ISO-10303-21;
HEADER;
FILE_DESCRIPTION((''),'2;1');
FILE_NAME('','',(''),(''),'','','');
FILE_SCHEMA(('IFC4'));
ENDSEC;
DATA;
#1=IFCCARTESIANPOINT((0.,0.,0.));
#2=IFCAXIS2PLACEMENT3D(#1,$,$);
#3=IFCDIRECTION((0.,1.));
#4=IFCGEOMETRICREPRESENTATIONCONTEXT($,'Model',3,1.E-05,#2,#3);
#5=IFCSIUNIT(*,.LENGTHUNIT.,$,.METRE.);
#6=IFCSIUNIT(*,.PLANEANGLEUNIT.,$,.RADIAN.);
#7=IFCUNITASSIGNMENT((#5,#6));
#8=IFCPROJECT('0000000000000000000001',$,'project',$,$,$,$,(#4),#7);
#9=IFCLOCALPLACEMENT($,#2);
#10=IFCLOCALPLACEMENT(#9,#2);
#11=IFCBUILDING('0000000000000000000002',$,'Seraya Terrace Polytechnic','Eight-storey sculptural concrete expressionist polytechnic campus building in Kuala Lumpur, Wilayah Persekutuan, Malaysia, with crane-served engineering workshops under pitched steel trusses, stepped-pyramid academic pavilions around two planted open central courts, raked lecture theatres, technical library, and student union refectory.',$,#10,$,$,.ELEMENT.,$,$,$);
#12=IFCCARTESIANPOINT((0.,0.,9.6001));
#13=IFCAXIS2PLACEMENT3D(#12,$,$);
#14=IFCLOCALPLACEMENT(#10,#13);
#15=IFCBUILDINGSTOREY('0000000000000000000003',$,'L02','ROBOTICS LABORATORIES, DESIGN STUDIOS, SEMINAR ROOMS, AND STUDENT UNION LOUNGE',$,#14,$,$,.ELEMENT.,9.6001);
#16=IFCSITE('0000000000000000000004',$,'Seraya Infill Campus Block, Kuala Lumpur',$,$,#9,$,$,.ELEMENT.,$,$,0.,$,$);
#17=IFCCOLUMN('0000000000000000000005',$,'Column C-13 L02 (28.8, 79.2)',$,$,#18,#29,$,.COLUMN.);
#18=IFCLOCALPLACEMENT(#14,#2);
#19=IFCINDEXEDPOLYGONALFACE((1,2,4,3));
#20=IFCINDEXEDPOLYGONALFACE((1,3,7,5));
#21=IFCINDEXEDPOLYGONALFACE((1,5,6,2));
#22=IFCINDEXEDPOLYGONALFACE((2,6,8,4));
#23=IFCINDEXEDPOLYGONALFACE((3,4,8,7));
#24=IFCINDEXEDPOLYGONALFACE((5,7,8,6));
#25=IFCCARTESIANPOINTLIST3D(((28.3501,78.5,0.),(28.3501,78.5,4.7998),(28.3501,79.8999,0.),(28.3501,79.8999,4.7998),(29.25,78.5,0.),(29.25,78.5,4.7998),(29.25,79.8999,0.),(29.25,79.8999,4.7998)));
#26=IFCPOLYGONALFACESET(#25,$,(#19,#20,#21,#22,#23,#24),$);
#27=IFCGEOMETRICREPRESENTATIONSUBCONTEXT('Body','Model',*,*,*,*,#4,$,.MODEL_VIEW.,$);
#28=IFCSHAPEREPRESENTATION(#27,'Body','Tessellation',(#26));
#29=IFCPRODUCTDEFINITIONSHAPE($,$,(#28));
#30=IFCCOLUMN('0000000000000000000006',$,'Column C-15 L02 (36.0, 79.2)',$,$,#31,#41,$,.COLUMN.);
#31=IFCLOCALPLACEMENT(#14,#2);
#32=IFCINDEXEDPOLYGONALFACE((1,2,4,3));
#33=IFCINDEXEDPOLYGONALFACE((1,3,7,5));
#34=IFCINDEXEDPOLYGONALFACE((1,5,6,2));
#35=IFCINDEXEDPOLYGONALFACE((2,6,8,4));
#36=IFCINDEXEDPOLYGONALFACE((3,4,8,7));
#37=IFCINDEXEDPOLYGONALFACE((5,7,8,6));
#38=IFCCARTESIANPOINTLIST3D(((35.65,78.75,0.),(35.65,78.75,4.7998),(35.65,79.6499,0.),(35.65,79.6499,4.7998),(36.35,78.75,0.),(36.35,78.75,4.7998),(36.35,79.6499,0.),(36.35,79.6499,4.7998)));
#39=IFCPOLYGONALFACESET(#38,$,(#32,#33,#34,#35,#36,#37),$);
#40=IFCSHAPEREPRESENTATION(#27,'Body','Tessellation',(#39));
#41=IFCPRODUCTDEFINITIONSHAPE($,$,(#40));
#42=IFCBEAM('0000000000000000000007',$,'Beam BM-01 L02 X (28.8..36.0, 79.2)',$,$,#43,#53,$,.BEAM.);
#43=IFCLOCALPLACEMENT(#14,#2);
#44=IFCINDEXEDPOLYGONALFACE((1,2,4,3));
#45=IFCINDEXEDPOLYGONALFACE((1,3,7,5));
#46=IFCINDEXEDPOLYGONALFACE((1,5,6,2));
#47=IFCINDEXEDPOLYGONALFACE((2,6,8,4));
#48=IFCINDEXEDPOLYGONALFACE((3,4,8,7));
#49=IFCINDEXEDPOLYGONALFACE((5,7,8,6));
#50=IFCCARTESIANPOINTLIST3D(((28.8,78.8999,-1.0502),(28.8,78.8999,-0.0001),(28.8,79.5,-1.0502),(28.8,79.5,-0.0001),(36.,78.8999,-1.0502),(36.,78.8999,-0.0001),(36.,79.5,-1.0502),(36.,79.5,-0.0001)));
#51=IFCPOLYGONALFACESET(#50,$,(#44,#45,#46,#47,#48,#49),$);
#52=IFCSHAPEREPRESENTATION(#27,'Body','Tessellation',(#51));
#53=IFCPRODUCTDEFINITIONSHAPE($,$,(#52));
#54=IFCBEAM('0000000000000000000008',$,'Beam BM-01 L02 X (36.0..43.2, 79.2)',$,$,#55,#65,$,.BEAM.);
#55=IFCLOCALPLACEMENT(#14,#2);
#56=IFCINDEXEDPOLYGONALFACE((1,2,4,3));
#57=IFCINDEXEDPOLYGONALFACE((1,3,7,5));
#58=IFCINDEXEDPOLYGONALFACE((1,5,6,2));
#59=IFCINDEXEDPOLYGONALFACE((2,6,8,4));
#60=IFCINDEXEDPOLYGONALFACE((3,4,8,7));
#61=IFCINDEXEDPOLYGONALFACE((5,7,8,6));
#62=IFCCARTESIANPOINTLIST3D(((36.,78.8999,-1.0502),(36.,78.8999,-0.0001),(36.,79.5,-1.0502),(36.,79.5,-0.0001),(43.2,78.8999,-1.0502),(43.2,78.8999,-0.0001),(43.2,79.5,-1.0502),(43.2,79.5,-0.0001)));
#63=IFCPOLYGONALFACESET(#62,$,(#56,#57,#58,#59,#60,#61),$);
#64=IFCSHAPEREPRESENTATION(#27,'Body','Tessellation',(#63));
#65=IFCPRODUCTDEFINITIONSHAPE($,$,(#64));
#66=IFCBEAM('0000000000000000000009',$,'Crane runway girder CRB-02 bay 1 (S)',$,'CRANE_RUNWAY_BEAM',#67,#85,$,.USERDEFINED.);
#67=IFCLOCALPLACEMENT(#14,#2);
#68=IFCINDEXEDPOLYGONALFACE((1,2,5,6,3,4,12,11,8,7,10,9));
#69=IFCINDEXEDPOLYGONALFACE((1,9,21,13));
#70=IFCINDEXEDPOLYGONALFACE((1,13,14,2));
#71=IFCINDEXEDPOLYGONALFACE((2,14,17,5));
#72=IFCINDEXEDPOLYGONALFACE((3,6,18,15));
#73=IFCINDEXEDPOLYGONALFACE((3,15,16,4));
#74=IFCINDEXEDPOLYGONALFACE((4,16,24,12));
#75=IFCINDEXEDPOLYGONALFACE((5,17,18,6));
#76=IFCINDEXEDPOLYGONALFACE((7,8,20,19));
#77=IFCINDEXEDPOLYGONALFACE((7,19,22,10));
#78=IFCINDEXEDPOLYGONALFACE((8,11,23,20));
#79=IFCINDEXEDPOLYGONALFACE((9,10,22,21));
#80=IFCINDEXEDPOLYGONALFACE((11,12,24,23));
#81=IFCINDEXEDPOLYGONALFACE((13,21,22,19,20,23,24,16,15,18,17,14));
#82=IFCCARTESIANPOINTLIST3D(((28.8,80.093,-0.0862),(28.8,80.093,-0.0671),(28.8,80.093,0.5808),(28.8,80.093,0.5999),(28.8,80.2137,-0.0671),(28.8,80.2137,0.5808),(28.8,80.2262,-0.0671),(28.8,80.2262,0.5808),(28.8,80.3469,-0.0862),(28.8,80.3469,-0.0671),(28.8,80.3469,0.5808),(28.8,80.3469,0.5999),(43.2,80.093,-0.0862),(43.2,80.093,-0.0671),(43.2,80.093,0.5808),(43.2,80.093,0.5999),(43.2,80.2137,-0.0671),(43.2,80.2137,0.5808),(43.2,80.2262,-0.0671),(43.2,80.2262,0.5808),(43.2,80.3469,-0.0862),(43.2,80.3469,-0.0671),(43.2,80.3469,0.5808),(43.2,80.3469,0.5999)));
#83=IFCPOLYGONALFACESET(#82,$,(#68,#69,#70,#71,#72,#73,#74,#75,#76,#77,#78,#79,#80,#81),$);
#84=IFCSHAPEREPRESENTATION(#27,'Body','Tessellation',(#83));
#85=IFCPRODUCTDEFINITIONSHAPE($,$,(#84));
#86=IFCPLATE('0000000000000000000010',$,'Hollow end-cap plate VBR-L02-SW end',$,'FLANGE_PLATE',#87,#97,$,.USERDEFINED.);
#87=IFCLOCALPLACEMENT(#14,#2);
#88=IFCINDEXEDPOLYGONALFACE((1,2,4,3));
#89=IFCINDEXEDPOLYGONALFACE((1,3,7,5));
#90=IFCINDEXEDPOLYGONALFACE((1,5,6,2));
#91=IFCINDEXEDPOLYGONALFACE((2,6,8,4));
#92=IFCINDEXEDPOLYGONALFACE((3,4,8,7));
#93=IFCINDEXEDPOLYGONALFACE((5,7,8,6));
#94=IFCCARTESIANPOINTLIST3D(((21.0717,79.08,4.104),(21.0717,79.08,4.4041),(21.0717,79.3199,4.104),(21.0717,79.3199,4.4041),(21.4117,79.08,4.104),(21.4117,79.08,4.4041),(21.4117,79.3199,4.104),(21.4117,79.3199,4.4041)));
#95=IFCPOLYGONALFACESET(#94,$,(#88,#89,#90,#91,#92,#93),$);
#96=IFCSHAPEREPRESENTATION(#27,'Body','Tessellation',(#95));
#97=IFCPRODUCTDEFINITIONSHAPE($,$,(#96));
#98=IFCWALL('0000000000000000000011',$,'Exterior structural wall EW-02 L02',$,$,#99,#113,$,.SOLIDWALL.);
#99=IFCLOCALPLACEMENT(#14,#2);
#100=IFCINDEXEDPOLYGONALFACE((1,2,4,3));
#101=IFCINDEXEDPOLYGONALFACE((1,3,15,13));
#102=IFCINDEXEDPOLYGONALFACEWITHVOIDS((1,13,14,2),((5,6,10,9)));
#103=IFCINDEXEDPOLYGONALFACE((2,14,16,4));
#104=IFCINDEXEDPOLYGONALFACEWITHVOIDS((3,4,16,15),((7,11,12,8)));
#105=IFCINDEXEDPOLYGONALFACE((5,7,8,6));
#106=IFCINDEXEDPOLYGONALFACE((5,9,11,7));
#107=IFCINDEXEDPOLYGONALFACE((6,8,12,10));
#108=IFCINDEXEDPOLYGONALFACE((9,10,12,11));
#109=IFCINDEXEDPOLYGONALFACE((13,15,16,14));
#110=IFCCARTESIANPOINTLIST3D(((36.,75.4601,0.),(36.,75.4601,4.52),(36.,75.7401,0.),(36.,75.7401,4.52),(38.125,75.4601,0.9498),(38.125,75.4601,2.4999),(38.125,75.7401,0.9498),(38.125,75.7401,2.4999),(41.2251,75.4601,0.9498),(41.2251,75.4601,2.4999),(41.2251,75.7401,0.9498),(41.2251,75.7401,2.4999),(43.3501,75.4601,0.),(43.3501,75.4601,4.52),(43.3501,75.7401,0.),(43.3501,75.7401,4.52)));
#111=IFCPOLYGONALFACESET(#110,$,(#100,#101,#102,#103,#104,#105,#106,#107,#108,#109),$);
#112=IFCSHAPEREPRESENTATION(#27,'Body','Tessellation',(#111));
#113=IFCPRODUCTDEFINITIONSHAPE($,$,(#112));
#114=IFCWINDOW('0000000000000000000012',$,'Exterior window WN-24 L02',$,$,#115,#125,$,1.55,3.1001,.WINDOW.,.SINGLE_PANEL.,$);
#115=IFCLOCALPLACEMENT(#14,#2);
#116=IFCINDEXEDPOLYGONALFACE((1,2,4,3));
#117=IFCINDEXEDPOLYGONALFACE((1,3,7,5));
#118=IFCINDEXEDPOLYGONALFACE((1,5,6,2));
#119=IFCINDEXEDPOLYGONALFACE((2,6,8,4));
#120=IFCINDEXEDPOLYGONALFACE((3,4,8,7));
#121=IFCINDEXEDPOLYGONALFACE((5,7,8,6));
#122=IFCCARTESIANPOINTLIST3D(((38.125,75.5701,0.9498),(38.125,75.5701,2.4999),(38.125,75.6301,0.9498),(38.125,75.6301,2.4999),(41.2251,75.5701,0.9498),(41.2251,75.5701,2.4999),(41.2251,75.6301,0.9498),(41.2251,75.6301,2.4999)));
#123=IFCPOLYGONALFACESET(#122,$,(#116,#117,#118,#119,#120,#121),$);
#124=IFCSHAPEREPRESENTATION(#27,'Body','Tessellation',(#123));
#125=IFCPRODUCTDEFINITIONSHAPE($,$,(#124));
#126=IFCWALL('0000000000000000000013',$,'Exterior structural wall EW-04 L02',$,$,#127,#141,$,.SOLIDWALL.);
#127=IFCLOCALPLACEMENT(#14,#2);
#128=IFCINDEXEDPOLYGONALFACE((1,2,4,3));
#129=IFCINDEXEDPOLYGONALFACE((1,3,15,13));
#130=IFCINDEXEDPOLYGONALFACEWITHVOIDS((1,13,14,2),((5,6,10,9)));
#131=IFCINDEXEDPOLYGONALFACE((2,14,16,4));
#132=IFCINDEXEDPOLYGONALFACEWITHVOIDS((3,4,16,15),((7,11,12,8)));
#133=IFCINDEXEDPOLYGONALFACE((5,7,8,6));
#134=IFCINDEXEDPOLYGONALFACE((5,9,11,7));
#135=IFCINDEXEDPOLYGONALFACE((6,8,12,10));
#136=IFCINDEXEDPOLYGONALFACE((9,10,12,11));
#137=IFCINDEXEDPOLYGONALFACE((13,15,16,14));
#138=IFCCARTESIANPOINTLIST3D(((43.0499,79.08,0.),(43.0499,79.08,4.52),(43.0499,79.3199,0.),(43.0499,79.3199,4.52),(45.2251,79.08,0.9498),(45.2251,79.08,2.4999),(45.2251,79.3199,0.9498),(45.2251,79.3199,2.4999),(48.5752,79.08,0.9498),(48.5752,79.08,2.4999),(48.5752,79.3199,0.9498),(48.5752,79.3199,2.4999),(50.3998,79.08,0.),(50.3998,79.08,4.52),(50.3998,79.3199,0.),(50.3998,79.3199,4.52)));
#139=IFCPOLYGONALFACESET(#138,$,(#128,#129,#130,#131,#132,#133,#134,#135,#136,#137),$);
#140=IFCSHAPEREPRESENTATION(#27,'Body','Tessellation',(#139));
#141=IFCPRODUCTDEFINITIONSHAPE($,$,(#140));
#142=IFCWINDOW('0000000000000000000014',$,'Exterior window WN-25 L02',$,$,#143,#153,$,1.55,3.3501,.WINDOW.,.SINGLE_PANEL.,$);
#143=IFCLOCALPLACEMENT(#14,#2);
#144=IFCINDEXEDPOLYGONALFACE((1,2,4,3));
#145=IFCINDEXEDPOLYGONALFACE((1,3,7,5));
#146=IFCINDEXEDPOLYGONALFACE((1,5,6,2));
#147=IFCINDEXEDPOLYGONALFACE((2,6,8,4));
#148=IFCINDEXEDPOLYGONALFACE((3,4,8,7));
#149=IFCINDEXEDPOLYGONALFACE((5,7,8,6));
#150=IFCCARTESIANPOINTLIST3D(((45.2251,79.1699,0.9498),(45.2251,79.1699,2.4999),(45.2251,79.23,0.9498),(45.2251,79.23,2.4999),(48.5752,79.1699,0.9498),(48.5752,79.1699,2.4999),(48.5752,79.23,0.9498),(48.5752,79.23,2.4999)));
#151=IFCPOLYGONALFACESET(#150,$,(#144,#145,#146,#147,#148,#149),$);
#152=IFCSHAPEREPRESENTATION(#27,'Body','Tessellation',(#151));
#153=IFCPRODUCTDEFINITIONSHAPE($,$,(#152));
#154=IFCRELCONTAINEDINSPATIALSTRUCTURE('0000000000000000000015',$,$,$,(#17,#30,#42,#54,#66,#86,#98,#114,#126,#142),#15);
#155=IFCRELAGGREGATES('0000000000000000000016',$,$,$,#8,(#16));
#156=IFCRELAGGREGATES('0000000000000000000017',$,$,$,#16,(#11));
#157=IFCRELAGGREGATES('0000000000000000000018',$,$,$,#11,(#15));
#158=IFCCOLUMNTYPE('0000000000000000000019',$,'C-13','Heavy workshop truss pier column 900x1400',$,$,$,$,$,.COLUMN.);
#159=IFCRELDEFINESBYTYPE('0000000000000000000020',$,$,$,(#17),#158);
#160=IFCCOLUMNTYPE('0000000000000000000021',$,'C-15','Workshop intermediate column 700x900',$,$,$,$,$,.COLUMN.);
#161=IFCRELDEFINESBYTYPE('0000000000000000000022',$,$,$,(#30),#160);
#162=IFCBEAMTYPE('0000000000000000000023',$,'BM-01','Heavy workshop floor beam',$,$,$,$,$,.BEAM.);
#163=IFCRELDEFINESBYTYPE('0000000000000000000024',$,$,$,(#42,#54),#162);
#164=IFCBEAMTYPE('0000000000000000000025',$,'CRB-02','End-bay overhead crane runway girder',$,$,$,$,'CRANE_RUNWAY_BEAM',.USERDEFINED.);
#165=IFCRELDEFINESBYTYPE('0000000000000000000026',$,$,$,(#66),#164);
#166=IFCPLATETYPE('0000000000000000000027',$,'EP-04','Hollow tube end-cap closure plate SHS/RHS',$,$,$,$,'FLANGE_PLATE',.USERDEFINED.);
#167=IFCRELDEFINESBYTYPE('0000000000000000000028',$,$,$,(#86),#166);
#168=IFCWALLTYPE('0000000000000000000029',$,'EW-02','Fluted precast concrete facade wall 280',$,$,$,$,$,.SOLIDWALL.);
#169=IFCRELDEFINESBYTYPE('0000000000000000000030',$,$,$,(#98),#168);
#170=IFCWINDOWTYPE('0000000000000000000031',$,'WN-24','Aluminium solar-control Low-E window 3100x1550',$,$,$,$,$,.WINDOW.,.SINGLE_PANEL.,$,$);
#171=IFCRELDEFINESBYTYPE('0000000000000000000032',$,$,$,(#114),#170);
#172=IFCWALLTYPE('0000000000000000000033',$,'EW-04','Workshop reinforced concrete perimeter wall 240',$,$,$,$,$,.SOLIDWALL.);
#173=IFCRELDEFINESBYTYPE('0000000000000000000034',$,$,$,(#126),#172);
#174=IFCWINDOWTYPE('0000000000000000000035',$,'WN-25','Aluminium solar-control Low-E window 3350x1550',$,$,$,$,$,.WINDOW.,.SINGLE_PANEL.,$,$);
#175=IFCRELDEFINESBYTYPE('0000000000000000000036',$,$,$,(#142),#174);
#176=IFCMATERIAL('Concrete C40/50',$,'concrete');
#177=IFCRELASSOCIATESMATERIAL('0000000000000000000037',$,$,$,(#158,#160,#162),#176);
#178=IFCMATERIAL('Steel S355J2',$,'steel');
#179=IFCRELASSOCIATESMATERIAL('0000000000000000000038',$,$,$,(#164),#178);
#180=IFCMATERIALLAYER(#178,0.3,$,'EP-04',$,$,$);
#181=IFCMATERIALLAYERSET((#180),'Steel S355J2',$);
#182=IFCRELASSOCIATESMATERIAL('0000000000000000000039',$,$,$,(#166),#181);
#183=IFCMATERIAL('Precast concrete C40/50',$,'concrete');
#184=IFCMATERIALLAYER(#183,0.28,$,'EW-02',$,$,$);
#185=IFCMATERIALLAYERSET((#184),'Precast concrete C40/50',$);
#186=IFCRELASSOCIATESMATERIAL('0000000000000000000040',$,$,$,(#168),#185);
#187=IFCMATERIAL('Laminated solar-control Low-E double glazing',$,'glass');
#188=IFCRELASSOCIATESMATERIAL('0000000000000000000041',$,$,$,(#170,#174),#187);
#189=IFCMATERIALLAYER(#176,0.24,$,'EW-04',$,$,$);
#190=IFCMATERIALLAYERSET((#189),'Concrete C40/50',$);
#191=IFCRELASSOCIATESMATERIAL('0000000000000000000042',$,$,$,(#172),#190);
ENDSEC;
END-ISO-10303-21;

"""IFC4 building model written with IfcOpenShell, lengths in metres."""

from ifc_helpers import new_model, si_unit, direction, frame, frame_2d, origin, origin_2d, place, context, subcontext, project, spatial, rectangle, i_section, extrude, material, layer, layer_set, material_profile, profile_set, type_object, element, fill, save


model = new_model("IFC4")

# Units and contexts
model_context = context("Model", 3, precision=1e-05, world=origin(), true_north=direction((0.0, 1.0)))
body_context = subcontext(model_context, "Body", "Model", "MODEL_VIEW")
ifc_project = project(units=[si_unit("LENGTHUNIT", "METRE"), si_unit("PLANEANGLEUNIT", "RADIAN")], contexts=[model_context])

# Site, building, storey
site_placement = place(None, origin())
site = spatial("IfcSite", under=ifc_project, at=site_placement, Name="Seraya Infill Campus Block, Kuala Lumpur", CompositionType="ELEMENT", RefElevation=0.0)
building_placement = place(site_placement, origin())
building = spatial("IfcBuilding", under=site, at=building_placement, Name="Seraya Terrace Polytechnic", Description="Eight-storey sculptural concrete expressionist polytechnic campus building in Kuala Lumpur, Wilayah Persekutuan, Malaysia, with crane-served engineering workshops under pitched steel trusses, stepped-pyramid academic pavilions around two planted open central courts, raked lecture theatres, technical library, and student union refectory.", CompositionType="ELEMENT")
storey_placement = place(building_placement, frame((0.0, 0.0, 9.6001)))
storey = spatial("IfcBuildingStorey", under=building, at=storey_placement, Name="L02", Description="ROBOTICS LABORATORIES, DESIGN STUDIOS, SEMINAR ROOMS, AND STUDENT UNION LOUNGE", CompositionType="ELEMENT", Elevation=9.6001)

# Columns
ifc_material_1 = material(Name="Concrete C40/50", Category="concrete")
ifc_material_profile_1 = material_profile(ifc_material_1, rectangle(XDim=0.8999, YDim=1.3999, at=origin_2d()), Name="RC 900x1400")
ifc_profile_set_1 = profile_set([ifc_material_profile_1], Name="Concrete C40/50")
column_type_1 = type_object("IfcColumnType", Name="C-13", Description="Heavy workshop truss pier column 900x1400", PredefinedType="COLUMN", material=ifc_profile_set_1)
column_1_placement = place(storey_placement, frame((28.8, 79.2, 0.0), z_axis=(0.0, 0.0, 1.0), x_axis=(1.0, 0.0, 0.0)))
element("IfcColumn", 1, at=column_1_placement, inside=storey, type_object=column_type_1, Name="Column C-13 L02 (28.8, 79.2)", PredefinedType="COLUMN", context=body_context, shape_type="SweptSolid", body=[
    extrude(rectangle(XDim=0.8999, YDim=1.3999, at=origin_2d()), origin(), (0.0, 0.0, 1.0), 4.7998),
])
ifc_material_profile_2 = material_profile(ifc_material_1, rectangle(XDim=0.7, YDim=0.8999, at=origin_2d()), Name="RC 700x900")
ifc_profile_set_2 = profile_set([ifc_material_profile_2], Name="Concrete C40/50")
column_type_2 = type_object("IfcColumnType", Name="C-15", Description="Workshop intermediate column 700x900", PredefinedType="COLUMN", material=ifc_profile_set_2)
column_2_placement = place(storey_placement, frame((36.0, 79.2, 0.0), z_axis=(0.0, 0.0, 1.0), x_axis=(1.0, 0.0, 0.0)))
element("IfcColumn", 2, at=column_2_placement, inside=storey, type_object=column_type_2, Name="Column C-15 L02 (36.0, 79.2)", PredefinedType="COLUMN", context=body_context, shape_type="SweptSolid", body=[
    extrude(rectangle(XDim=0.7, YDim=0.8999, at=origin_2d()), origin(), (0.0, 0.0, 1.0), 4.7998),
])

# Beams
ifc_material_profile_3 = material_profile(ifc_material_1, rectangle(XDim=0.6001, YDim=1.05, at=origin_2d()), Name="RC 600x1050")
ifc_profile_set_3 = profile_set([ifc_material_profile_3], Name="Concrete C40/50")
beam_type_1 = type_object("IfcBeamType", Name="BM-01", Description="Heavy workshop floor beam", PredefinedType="BEAM", material=ifc_profile_set_3)
for number, where, z_axis, x_axis, name in (
    (3, (28.8, 79.2, -0.5251), (1.0, 0.0, 0.0), (0.0, 1.0, 0.0), "Beam BM-01 L02 X (28.8..36.0, 79.2)"),
    (4, (36.0, 79.2, -0.5251), (1.0, 0.0, 0.0), (0.0, 1.0, 0.0), "Beam BM-01 L02 X (36.0..43.2, 79.2)"),
):
    element("IfcBeam", number, at=place(storey_placement, frame(where, z_axis=z_axis, x_axis=x_axis)), inside=storey, type_object=beam_type_1, Name=name, PredefinedType="BEAM", context=body_context, shape_type="SweptSolid", body=[
        extrude(rectangle(XDim=0.6001, YDim=1.05, at=origin_2d()), origin(), (0.0, 0.0, 1.0), 7.2),
    ])
ifc_material_2 = material(Name="Steel S355J2", Category="steel")
ifc_material_profile_4 = material_profile(ifc_material_2, i_section(OverallWidth=0.2539, OverallDepth=0.686, WebThickness=0.0125, FlangeThickness=0.019, at=origin_2d()), Name="UKB 686x254x12.4x19.0")
ifc_profile_set_4 = profile_set([ifc_material_profile_4], Name="Steel S355J2")
beam_type_2 = type_object("IfcBeamType", Name="CRB-02", Description="End-bay overhead crane runway girder", ElementType="CRANE_RUNWAY_BEAM", PredefinedType="USERDEFINED", material=ifc_profile_set_4)
beam_placement = place(storey_placement, frame((28.8, 80.22, 0.2568), z_axis=(1.0, 0.0, 0.0), x_axis=(0.0, 1.0, 0.0)))
element("IfcBeam", 5, at=beam_placement, inside=storey, type_object=beam_type_2, Name="Crane runway girder CRB-02 bay 1 (S)", ObjectType="CRANE_RUNWAY_BEAM", PredefinedType="USERDEFINED", context=body_context, shape_type="SweptSolid", body=[
    extrude(i_section(OverallWidth=0.2539, OverallDepth=0.686, WebThickness=0.0125, FlangeThickness=0.019, at=origin_2d()), origin(), (0.0, 0.0, 1.0), 14.3999),
])

# Plate
ifc_layer_1 = layer(ifc_material_2, 0.3, Name="EP-04")
ifc_layer_set_1 = layer_set([ifc_layer_1], Name="Steel S355J2")
plate_type = type_object("IfcPlateType", Name="EP-04", Description="Hollow tube end-cap closure plate SHS/RHS", ElementType="FLANGE_PLATE", PredefinedType="USERDEFINED", material=ifc_layer_set_1)
plate_placement = place(storey_placement, frame((21.2417, 79.2, 4.104), z_axis=(0.0, 0.0, 1.0), x_axis=(1.0, 0.0, 0.0)))
element("IfcPlate", 6, at=plate_placement, inside=storey, type_object=plate_type, Name="Hollow end-cap plate VBR-L02-SW end", ObjectType="FLANGE_PLATE", PredefinedType="USERDEFINED", context=body_context, shape_type="SweptSolid", body=[
    extrude(rectangle(XDim=0.3401, YDim=0.24, at=origin_2d()), origin(), (0.0, 0.0, 1.0), 0.3),
])

# Walls, openings, windows
ifc_material_3 = material(Name="Precast concrete C40/50", Category="concrete")
ifc_layer_2 = layer(ifc_material_3, 0.28, Name="EW-02")
ifc_layer_set_2 = layer_set([ifc_layer_2], Name="Precast concrete C40/50")
wall_type_1 = type_object("IfcWallType", Name="EW-02", Description="Fluted precast concrete facade wall 280", PredefinedType="SOLIDWALL", material=ifc_layer_set_2)
wall_1_placement = place(storey_placement, frame((36.0, 75.6001, 0.0), z_axis=(0.0, 0.0, 1.0), x_axis=(1.0, 0.0, 0.0)))
wall_1 = element("IfcWall", 7, at=wall_1_placement, inside=storey, type_object=wall_type_1, Name="Exterior structural wall EW-02 L02", PredefinedType="SOLIDWALL", context=body_context, shape_type="SweptSolid", body=[
    extrude(rectangle(XDim=7.3501, YDim=0.28, at=frame_2d((3.675, 0.0))), origin(), (0.0, 0.0, 1.0), 4.52),
])
opening_1_placement = place(wall_1_placement, frame((2.125, 0.0, 0.95)))
opening_1 = element("IfcOpeningElement", 8, at=opening_1_placement, cuts=wall_1, PredefinedType="OPENING", context=body_context, shape_type="SweptSolid", body=[
    extrude(rectangle(XDim=3.1001, YDim=1.55, at=frame_2d((1.55, 0.7749))), frame((0.0, 0.1519, 0.0), z_axis=(0.0, -1.0, 0.0), x_axis=(1.0, 0.0, 0.0)), (0.0, 0.0, 1.0), 0.304),
])
ifc_material_4 = material(Name="Laminated solar-control Low-E double glazing", Category="glass")
window_type_1 = type_object("IfcWindowType", Name="WN-24", Description="Aluminium solar-control Low-E window 3100x1550", PartitioningType="SINGLE_PANEL", PredefinedType="WINDOW", material=ifc_material_4)
window_1_placement = place(opening_1_placement, origin())
window_1 = element("IfcWindow", 9, at=window_1_placement, inside=storey, type_object=window_type_1, Name="Exterior window WN-24 L02", OverallHeight=1.55, OverallWidth=3.1001, PartitioningType="SINGLE_PANEL", PredefinedType="WINDOW", context=body_context, shape_type="SweptSolid", body=[
    extrude(rectangle(XDim=3.1001, YDim=1.55, at=frame_2d((1.55, 0.7749))), frame((0.0, 0.03, 0.0), z_axis=(0.0, -1.0, 0.0), x_axis=(1.0, 0.0, 0.0)), (0.0, 0.0, 1.0), 0.0601),
])
fill(opening_1, window_1)
ifc_layer_3 = layer(ifc_material_1, 0.24, Name="EW-04")
ifc_layer_set_3 = layer_set([ifc_layer_3], Name="Concrete C40/50")
wall_type_2 = type_object("IfcWallType", Name="EW-04", Description="Workshop reinforced concrete perimeter wall 240", PredefinedType="SOLIDWALL", material=ifc_layer_set_3)
wall_2_placement = place(storey_placement, frame((43.05, 79.2, 0.0), z_axis=(0.0, 0.0, 1.0), x_axis=(1.0, 0.0, 0.0)))
wall_2 = element("IfcWall", 10, at=wall_2_placement, inside=storey, type_object=wall_type_2, Name="Exterior structural wall EW-04 L02", PredefinedType="SOLIDWALL", context=body_context, shape_type="SweptSolid", body=[
    extrude(rectangle(XDim=7.3499, YDim=0.24, at=frame_2d((3.6748, 0.0))), origin(), (0.0, 0.0, 1.0), 4.52),
])
opening_2_placement = place(wall_2_placement, frame((2.175, 0.0, 0.95)))
opening_2 = element("IfcOpeningElement", 11, at=opening_2_placement, cuts=wall_2, PredefinedType="OPENING", context=body_context, shape_type="SweptSolid", body=[
    extrude(rectangle(XDim=3.3501, YDim=1.55, at=frame_2d((1.675, 0.7749))), frame((0.0, 0.1318, 0.0), z_axis=(0.0, -1.0, 0.0), x_axis=(1.0, 0.0, 0.0)), (0.0, 0.0, 1.0), 0.2639),
])
window_type_2 = type_object("IfcWindowType", Name="WN-25", Description="Aluminium solar-control Low-E window 3350x1550", PartitioningType="SINGLE_PANEL", PredefinedType="WINDOW", material=ifc_material_4)
window_2_placement = place(opening_2_placement, origin())
window_2 = element("IfcWindow", 12, at=window_2_placement, inside=storey, type_object=window_type_2, Name="Exterior window WN-25 L02", OverallHeight=1.55, OverallWidth=3.3501, PartitioningType="SINGLE_PANEL", PredefinedType="WINDOW", context=body_context, shape_type="SweptSolid", body=[
    extrude(rectangle(XDim=3.3501, YDim=1.55, at=frame_2d((1.675, 0.7749))), frame((0.0, 0.03, 0.0), z_axis=(0.0, -1.0, 0.0), x_axis=(1.0, 0.0, 0.0)), (0.0, 0.0, 1.0), 0.0601),
])
fill(opening_2, window_2)

save(model, "model.ifc")
